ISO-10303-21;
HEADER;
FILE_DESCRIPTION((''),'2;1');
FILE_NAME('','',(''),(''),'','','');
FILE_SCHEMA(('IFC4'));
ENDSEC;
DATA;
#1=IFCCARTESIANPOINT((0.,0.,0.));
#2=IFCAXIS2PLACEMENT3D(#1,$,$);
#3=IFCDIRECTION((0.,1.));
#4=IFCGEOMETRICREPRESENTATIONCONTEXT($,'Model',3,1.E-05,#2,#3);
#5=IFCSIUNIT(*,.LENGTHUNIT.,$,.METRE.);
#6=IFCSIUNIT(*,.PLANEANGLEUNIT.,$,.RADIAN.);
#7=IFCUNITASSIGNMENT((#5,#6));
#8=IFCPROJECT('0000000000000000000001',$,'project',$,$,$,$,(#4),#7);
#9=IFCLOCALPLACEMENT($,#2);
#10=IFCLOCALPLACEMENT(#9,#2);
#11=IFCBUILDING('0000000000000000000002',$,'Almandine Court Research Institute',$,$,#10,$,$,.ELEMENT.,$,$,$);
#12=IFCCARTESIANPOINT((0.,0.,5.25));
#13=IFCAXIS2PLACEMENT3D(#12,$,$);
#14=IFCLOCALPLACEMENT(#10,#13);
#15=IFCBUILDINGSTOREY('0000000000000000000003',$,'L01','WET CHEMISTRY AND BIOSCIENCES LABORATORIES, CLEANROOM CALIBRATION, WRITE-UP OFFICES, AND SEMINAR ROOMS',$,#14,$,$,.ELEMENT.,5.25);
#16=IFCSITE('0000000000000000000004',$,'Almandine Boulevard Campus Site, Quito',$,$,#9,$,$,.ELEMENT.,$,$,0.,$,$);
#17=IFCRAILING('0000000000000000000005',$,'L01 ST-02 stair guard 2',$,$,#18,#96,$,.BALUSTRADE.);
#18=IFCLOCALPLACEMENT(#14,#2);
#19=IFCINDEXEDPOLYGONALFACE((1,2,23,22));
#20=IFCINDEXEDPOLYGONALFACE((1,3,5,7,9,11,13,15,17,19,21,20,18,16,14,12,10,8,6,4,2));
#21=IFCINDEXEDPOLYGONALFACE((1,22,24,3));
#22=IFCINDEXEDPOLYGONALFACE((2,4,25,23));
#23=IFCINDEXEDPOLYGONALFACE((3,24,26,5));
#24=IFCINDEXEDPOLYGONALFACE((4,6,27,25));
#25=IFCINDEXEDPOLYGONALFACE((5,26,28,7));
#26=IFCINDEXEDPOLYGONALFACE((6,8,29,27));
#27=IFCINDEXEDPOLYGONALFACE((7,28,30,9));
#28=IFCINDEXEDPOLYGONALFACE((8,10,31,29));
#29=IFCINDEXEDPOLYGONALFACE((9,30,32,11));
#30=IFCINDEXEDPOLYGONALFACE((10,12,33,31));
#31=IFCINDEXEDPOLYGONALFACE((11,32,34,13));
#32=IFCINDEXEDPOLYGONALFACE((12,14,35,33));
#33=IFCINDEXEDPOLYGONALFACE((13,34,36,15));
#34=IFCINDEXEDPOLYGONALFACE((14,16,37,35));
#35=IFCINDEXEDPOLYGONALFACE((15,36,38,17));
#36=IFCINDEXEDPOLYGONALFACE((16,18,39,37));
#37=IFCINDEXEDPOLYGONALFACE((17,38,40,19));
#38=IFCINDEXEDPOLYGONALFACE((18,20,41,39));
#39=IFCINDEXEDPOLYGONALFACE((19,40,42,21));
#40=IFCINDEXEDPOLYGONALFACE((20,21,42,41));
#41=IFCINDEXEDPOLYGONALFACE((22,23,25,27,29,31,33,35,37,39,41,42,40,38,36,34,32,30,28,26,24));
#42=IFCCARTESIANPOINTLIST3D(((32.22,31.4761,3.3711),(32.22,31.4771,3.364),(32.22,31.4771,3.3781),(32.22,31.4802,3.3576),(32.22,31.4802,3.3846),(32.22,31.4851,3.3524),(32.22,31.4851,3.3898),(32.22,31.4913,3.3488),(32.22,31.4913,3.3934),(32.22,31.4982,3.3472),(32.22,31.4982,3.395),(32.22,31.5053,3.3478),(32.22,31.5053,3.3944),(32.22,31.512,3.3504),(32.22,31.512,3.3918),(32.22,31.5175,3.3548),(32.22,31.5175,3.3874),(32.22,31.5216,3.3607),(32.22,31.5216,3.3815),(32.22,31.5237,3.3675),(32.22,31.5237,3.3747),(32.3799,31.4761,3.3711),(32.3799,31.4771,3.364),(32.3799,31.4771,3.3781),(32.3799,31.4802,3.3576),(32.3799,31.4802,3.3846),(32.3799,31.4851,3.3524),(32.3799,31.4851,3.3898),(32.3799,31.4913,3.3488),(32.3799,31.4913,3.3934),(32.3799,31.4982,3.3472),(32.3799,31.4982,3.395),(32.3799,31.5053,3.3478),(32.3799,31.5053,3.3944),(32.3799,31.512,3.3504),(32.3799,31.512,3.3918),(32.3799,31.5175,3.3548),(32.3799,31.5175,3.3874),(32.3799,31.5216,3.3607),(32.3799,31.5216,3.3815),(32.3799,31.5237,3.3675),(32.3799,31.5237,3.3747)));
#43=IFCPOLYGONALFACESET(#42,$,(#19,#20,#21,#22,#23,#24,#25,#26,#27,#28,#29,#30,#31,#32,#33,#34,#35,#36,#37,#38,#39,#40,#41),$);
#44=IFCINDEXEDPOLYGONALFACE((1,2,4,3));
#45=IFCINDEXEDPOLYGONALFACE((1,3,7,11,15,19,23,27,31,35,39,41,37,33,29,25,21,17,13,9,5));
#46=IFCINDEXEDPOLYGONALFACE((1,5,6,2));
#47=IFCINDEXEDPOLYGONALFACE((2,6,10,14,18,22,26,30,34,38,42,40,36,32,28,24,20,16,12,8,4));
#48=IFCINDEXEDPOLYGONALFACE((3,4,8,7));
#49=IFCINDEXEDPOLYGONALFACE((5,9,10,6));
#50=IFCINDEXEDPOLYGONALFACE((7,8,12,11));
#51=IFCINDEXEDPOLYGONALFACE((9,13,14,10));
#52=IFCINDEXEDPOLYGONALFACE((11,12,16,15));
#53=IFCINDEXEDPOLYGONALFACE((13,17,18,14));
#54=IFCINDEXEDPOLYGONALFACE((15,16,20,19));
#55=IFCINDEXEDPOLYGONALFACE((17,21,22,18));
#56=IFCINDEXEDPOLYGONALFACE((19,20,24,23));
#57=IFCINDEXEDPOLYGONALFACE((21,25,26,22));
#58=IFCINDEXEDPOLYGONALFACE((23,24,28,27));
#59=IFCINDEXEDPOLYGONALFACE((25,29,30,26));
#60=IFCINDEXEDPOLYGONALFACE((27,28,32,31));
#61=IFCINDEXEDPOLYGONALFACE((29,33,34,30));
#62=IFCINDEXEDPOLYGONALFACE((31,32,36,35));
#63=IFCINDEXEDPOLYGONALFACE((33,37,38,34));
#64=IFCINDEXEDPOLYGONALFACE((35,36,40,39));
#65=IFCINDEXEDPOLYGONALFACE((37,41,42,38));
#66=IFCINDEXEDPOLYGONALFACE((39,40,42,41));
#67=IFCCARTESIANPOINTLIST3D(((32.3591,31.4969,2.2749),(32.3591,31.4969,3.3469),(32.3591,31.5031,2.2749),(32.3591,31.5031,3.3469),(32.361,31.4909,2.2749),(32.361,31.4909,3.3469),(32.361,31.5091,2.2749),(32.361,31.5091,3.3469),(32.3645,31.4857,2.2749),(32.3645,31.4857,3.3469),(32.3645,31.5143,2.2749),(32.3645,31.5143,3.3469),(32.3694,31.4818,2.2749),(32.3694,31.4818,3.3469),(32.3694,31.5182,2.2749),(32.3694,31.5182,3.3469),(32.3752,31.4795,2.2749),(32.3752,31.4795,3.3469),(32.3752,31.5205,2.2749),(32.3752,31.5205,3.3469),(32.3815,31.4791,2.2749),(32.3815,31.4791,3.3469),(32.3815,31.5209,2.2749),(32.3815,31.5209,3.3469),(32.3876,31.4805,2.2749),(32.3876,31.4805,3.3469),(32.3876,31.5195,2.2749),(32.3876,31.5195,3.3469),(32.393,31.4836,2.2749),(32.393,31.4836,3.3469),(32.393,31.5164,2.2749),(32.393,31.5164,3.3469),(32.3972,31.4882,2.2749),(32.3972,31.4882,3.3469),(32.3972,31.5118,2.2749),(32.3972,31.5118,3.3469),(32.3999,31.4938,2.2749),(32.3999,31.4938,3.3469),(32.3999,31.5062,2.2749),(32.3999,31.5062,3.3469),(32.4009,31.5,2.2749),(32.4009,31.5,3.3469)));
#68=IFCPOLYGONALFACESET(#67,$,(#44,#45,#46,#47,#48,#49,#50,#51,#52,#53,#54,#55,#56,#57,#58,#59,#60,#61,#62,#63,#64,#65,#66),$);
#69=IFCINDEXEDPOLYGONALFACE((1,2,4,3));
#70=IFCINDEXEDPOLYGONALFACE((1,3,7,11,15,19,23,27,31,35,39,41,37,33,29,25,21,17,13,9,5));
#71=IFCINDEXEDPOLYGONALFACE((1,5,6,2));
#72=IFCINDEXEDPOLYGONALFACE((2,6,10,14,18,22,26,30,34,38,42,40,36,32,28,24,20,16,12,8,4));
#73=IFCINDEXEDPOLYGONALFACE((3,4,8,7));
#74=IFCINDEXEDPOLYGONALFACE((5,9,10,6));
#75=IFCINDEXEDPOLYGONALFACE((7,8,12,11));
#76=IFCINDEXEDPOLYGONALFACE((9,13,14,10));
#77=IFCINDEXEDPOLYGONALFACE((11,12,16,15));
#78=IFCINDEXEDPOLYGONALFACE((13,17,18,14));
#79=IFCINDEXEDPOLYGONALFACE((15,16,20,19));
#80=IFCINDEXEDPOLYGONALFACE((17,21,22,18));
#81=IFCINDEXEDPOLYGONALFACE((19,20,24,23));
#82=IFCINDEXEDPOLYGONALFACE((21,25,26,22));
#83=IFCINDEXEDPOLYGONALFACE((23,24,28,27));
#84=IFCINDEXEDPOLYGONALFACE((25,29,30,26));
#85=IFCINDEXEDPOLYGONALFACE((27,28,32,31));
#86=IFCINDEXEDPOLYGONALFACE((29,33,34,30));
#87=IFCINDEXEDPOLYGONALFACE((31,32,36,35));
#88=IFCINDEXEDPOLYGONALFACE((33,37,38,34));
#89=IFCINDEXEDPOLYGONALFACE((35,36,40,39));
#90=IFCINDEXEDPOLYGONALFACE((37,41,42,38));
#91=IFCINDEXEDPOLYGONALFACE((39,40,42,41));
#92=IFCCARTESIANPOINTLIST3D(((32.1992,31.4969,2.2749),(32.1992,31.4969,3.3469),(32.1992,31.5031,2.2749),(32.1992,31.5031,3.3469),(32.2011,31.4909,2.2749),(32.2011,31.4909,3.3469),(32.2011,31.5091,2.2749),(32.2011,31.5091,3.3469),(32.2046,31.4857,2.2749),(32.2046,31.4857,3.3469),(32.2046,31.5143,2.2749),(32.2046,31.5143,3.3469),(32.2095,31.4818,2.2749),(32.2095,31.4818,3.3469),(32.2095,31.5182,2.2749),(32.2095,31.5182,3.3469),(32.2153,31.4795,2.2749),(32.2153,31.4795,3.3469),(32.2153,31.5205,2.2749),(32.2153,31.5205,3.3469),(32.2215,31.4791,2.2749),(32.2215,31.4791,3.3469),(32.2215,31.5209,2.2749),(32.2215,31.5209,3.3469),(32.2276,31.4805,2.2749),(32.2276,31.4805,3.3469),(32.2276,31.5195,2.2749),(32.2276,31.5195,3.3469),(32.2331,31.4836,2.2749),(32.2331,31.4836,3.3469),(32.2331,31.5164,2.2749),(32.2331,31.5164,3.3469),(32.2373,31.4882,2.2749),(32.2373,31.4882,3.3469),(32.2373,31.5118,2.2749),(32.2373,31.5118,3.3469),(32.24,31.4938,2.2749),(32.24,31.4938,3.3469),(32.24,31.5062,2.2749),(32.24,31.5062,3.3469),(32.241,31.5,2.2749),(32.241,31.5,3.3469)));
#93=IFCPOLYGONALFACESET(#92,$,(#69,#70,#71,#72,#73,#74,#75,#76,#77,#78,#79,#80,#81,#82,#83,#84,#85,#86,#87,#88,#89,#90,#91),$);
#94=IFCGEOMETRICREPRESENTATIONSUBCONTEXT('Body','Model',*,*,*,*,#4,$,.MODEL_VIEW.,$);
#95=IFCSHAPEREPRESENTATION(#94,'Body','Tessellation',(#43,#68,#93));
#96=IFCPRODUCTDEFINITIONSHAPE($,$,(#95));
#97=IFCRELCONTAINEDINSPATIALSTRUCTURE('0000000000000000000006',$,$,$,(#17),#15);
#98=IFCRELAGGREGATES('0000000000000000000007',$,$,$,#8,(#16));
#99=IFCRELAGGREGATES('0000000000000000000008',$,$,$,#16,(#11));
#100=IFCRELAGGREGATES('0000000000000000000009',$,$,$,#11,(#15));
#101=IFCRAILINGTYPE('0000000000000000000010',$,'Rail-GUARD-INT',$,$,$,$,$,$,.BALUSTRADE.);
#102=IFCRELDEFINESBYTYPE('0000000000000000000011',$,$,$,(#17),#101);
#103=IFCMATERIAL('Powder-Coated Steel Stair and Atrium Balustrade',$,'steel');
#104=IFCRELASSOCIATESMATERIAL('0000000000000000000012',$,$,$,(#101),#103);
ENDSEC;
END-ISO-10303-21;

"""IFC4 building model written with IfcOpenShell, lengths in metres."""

from ifc_helpers import new_model, si_unit, direction, frame, origin, origin_2d, place, context, subcontext, project, spatial, circle, extrude, material, type_object, element, save


model = new_model("IFC4")

# Units and contexts
model_context = context("Model", 3, precision=1e-05, world=origin(), true_north=direction((0.0, 1.0)))
body_context = subcontext(model_context, "Body", "Model", "MODEL_VIEW")
ifc_project = project(units=[si_unit("LENGTHUNIT", "METRE"), si_unit("PLANEANGLEUNIT", "RADIAN")], contexts=[model_context])

# Site, building, storey
site_placement = place(None, origin())
site = spatial("IfcSite", under=ifc_project, at=site_placement, Name="Almandine Boulevard Campus Site, Quito", CompositionType="ELEMENT", RefElevation=0.0)
building_placement = place(site_placement, origin())
building = spatial("IfcBuilding", under=site, at=building_placement, Name="Almandine Court Research Institute", CompositionType="ELEMENT")
storey_placement = place(building_placement, frame((0.0, 0.0, 5.25)))
storey = spatial("IfcBuildingStorey", under=building, at=storey_placement, Name="L01", Description="WET CHEMISTRY AND BIOSCIENCES LABORATORIES, CLEANROOM CALIBRATION, WRITE-UP OFFICES, AND SEMINAR ROOMS", CompositionType="ELEMENT", Elevation=5.25)

# Railing
ifc_material_1 = material(Name="Powder-Coated Steel Stair and Atrium Balustrade", Category="steel")
railing_type_1 = type_object("IfcRailingType", Name="Rail-GUARD-INT", PredefinedType="BALUSTRADE", material=ifc_material_1)
railing_1_placement = place(storey_placement, frame((32.3799, 31.5, 2.2749)))
element("IfcRailing", 1, at=railing_1_placement, inside=storey, type_object=railing_type_1, Name="L01 ST-02 stair guard 2", PredefinedType="BALUSTRADE", context=body_context, shape_type="SweptSolid", body=[
    extrude(circle(Radius=0.0239, at=origin_2d()), frame((0.0, 0.0, 1.0962), z_axis=(-1.0, 0.0, 0.0), x_axis=(0.0, -1.0, 0.0)), (0.0, 0.0, 1.0), 0.1599),
    extrude(circle(Radius=0.021, at=origin_2d()), origin(), (0.0, 0.0, 1.0), 1.072),
    extrude(circle(Radius=0.021, at=origin_2d()), frame((-0.1599, 0.0, 0.0)), (0.0, 0.0, 1.0), 1.072),
])

save(model, "model.ifc")
